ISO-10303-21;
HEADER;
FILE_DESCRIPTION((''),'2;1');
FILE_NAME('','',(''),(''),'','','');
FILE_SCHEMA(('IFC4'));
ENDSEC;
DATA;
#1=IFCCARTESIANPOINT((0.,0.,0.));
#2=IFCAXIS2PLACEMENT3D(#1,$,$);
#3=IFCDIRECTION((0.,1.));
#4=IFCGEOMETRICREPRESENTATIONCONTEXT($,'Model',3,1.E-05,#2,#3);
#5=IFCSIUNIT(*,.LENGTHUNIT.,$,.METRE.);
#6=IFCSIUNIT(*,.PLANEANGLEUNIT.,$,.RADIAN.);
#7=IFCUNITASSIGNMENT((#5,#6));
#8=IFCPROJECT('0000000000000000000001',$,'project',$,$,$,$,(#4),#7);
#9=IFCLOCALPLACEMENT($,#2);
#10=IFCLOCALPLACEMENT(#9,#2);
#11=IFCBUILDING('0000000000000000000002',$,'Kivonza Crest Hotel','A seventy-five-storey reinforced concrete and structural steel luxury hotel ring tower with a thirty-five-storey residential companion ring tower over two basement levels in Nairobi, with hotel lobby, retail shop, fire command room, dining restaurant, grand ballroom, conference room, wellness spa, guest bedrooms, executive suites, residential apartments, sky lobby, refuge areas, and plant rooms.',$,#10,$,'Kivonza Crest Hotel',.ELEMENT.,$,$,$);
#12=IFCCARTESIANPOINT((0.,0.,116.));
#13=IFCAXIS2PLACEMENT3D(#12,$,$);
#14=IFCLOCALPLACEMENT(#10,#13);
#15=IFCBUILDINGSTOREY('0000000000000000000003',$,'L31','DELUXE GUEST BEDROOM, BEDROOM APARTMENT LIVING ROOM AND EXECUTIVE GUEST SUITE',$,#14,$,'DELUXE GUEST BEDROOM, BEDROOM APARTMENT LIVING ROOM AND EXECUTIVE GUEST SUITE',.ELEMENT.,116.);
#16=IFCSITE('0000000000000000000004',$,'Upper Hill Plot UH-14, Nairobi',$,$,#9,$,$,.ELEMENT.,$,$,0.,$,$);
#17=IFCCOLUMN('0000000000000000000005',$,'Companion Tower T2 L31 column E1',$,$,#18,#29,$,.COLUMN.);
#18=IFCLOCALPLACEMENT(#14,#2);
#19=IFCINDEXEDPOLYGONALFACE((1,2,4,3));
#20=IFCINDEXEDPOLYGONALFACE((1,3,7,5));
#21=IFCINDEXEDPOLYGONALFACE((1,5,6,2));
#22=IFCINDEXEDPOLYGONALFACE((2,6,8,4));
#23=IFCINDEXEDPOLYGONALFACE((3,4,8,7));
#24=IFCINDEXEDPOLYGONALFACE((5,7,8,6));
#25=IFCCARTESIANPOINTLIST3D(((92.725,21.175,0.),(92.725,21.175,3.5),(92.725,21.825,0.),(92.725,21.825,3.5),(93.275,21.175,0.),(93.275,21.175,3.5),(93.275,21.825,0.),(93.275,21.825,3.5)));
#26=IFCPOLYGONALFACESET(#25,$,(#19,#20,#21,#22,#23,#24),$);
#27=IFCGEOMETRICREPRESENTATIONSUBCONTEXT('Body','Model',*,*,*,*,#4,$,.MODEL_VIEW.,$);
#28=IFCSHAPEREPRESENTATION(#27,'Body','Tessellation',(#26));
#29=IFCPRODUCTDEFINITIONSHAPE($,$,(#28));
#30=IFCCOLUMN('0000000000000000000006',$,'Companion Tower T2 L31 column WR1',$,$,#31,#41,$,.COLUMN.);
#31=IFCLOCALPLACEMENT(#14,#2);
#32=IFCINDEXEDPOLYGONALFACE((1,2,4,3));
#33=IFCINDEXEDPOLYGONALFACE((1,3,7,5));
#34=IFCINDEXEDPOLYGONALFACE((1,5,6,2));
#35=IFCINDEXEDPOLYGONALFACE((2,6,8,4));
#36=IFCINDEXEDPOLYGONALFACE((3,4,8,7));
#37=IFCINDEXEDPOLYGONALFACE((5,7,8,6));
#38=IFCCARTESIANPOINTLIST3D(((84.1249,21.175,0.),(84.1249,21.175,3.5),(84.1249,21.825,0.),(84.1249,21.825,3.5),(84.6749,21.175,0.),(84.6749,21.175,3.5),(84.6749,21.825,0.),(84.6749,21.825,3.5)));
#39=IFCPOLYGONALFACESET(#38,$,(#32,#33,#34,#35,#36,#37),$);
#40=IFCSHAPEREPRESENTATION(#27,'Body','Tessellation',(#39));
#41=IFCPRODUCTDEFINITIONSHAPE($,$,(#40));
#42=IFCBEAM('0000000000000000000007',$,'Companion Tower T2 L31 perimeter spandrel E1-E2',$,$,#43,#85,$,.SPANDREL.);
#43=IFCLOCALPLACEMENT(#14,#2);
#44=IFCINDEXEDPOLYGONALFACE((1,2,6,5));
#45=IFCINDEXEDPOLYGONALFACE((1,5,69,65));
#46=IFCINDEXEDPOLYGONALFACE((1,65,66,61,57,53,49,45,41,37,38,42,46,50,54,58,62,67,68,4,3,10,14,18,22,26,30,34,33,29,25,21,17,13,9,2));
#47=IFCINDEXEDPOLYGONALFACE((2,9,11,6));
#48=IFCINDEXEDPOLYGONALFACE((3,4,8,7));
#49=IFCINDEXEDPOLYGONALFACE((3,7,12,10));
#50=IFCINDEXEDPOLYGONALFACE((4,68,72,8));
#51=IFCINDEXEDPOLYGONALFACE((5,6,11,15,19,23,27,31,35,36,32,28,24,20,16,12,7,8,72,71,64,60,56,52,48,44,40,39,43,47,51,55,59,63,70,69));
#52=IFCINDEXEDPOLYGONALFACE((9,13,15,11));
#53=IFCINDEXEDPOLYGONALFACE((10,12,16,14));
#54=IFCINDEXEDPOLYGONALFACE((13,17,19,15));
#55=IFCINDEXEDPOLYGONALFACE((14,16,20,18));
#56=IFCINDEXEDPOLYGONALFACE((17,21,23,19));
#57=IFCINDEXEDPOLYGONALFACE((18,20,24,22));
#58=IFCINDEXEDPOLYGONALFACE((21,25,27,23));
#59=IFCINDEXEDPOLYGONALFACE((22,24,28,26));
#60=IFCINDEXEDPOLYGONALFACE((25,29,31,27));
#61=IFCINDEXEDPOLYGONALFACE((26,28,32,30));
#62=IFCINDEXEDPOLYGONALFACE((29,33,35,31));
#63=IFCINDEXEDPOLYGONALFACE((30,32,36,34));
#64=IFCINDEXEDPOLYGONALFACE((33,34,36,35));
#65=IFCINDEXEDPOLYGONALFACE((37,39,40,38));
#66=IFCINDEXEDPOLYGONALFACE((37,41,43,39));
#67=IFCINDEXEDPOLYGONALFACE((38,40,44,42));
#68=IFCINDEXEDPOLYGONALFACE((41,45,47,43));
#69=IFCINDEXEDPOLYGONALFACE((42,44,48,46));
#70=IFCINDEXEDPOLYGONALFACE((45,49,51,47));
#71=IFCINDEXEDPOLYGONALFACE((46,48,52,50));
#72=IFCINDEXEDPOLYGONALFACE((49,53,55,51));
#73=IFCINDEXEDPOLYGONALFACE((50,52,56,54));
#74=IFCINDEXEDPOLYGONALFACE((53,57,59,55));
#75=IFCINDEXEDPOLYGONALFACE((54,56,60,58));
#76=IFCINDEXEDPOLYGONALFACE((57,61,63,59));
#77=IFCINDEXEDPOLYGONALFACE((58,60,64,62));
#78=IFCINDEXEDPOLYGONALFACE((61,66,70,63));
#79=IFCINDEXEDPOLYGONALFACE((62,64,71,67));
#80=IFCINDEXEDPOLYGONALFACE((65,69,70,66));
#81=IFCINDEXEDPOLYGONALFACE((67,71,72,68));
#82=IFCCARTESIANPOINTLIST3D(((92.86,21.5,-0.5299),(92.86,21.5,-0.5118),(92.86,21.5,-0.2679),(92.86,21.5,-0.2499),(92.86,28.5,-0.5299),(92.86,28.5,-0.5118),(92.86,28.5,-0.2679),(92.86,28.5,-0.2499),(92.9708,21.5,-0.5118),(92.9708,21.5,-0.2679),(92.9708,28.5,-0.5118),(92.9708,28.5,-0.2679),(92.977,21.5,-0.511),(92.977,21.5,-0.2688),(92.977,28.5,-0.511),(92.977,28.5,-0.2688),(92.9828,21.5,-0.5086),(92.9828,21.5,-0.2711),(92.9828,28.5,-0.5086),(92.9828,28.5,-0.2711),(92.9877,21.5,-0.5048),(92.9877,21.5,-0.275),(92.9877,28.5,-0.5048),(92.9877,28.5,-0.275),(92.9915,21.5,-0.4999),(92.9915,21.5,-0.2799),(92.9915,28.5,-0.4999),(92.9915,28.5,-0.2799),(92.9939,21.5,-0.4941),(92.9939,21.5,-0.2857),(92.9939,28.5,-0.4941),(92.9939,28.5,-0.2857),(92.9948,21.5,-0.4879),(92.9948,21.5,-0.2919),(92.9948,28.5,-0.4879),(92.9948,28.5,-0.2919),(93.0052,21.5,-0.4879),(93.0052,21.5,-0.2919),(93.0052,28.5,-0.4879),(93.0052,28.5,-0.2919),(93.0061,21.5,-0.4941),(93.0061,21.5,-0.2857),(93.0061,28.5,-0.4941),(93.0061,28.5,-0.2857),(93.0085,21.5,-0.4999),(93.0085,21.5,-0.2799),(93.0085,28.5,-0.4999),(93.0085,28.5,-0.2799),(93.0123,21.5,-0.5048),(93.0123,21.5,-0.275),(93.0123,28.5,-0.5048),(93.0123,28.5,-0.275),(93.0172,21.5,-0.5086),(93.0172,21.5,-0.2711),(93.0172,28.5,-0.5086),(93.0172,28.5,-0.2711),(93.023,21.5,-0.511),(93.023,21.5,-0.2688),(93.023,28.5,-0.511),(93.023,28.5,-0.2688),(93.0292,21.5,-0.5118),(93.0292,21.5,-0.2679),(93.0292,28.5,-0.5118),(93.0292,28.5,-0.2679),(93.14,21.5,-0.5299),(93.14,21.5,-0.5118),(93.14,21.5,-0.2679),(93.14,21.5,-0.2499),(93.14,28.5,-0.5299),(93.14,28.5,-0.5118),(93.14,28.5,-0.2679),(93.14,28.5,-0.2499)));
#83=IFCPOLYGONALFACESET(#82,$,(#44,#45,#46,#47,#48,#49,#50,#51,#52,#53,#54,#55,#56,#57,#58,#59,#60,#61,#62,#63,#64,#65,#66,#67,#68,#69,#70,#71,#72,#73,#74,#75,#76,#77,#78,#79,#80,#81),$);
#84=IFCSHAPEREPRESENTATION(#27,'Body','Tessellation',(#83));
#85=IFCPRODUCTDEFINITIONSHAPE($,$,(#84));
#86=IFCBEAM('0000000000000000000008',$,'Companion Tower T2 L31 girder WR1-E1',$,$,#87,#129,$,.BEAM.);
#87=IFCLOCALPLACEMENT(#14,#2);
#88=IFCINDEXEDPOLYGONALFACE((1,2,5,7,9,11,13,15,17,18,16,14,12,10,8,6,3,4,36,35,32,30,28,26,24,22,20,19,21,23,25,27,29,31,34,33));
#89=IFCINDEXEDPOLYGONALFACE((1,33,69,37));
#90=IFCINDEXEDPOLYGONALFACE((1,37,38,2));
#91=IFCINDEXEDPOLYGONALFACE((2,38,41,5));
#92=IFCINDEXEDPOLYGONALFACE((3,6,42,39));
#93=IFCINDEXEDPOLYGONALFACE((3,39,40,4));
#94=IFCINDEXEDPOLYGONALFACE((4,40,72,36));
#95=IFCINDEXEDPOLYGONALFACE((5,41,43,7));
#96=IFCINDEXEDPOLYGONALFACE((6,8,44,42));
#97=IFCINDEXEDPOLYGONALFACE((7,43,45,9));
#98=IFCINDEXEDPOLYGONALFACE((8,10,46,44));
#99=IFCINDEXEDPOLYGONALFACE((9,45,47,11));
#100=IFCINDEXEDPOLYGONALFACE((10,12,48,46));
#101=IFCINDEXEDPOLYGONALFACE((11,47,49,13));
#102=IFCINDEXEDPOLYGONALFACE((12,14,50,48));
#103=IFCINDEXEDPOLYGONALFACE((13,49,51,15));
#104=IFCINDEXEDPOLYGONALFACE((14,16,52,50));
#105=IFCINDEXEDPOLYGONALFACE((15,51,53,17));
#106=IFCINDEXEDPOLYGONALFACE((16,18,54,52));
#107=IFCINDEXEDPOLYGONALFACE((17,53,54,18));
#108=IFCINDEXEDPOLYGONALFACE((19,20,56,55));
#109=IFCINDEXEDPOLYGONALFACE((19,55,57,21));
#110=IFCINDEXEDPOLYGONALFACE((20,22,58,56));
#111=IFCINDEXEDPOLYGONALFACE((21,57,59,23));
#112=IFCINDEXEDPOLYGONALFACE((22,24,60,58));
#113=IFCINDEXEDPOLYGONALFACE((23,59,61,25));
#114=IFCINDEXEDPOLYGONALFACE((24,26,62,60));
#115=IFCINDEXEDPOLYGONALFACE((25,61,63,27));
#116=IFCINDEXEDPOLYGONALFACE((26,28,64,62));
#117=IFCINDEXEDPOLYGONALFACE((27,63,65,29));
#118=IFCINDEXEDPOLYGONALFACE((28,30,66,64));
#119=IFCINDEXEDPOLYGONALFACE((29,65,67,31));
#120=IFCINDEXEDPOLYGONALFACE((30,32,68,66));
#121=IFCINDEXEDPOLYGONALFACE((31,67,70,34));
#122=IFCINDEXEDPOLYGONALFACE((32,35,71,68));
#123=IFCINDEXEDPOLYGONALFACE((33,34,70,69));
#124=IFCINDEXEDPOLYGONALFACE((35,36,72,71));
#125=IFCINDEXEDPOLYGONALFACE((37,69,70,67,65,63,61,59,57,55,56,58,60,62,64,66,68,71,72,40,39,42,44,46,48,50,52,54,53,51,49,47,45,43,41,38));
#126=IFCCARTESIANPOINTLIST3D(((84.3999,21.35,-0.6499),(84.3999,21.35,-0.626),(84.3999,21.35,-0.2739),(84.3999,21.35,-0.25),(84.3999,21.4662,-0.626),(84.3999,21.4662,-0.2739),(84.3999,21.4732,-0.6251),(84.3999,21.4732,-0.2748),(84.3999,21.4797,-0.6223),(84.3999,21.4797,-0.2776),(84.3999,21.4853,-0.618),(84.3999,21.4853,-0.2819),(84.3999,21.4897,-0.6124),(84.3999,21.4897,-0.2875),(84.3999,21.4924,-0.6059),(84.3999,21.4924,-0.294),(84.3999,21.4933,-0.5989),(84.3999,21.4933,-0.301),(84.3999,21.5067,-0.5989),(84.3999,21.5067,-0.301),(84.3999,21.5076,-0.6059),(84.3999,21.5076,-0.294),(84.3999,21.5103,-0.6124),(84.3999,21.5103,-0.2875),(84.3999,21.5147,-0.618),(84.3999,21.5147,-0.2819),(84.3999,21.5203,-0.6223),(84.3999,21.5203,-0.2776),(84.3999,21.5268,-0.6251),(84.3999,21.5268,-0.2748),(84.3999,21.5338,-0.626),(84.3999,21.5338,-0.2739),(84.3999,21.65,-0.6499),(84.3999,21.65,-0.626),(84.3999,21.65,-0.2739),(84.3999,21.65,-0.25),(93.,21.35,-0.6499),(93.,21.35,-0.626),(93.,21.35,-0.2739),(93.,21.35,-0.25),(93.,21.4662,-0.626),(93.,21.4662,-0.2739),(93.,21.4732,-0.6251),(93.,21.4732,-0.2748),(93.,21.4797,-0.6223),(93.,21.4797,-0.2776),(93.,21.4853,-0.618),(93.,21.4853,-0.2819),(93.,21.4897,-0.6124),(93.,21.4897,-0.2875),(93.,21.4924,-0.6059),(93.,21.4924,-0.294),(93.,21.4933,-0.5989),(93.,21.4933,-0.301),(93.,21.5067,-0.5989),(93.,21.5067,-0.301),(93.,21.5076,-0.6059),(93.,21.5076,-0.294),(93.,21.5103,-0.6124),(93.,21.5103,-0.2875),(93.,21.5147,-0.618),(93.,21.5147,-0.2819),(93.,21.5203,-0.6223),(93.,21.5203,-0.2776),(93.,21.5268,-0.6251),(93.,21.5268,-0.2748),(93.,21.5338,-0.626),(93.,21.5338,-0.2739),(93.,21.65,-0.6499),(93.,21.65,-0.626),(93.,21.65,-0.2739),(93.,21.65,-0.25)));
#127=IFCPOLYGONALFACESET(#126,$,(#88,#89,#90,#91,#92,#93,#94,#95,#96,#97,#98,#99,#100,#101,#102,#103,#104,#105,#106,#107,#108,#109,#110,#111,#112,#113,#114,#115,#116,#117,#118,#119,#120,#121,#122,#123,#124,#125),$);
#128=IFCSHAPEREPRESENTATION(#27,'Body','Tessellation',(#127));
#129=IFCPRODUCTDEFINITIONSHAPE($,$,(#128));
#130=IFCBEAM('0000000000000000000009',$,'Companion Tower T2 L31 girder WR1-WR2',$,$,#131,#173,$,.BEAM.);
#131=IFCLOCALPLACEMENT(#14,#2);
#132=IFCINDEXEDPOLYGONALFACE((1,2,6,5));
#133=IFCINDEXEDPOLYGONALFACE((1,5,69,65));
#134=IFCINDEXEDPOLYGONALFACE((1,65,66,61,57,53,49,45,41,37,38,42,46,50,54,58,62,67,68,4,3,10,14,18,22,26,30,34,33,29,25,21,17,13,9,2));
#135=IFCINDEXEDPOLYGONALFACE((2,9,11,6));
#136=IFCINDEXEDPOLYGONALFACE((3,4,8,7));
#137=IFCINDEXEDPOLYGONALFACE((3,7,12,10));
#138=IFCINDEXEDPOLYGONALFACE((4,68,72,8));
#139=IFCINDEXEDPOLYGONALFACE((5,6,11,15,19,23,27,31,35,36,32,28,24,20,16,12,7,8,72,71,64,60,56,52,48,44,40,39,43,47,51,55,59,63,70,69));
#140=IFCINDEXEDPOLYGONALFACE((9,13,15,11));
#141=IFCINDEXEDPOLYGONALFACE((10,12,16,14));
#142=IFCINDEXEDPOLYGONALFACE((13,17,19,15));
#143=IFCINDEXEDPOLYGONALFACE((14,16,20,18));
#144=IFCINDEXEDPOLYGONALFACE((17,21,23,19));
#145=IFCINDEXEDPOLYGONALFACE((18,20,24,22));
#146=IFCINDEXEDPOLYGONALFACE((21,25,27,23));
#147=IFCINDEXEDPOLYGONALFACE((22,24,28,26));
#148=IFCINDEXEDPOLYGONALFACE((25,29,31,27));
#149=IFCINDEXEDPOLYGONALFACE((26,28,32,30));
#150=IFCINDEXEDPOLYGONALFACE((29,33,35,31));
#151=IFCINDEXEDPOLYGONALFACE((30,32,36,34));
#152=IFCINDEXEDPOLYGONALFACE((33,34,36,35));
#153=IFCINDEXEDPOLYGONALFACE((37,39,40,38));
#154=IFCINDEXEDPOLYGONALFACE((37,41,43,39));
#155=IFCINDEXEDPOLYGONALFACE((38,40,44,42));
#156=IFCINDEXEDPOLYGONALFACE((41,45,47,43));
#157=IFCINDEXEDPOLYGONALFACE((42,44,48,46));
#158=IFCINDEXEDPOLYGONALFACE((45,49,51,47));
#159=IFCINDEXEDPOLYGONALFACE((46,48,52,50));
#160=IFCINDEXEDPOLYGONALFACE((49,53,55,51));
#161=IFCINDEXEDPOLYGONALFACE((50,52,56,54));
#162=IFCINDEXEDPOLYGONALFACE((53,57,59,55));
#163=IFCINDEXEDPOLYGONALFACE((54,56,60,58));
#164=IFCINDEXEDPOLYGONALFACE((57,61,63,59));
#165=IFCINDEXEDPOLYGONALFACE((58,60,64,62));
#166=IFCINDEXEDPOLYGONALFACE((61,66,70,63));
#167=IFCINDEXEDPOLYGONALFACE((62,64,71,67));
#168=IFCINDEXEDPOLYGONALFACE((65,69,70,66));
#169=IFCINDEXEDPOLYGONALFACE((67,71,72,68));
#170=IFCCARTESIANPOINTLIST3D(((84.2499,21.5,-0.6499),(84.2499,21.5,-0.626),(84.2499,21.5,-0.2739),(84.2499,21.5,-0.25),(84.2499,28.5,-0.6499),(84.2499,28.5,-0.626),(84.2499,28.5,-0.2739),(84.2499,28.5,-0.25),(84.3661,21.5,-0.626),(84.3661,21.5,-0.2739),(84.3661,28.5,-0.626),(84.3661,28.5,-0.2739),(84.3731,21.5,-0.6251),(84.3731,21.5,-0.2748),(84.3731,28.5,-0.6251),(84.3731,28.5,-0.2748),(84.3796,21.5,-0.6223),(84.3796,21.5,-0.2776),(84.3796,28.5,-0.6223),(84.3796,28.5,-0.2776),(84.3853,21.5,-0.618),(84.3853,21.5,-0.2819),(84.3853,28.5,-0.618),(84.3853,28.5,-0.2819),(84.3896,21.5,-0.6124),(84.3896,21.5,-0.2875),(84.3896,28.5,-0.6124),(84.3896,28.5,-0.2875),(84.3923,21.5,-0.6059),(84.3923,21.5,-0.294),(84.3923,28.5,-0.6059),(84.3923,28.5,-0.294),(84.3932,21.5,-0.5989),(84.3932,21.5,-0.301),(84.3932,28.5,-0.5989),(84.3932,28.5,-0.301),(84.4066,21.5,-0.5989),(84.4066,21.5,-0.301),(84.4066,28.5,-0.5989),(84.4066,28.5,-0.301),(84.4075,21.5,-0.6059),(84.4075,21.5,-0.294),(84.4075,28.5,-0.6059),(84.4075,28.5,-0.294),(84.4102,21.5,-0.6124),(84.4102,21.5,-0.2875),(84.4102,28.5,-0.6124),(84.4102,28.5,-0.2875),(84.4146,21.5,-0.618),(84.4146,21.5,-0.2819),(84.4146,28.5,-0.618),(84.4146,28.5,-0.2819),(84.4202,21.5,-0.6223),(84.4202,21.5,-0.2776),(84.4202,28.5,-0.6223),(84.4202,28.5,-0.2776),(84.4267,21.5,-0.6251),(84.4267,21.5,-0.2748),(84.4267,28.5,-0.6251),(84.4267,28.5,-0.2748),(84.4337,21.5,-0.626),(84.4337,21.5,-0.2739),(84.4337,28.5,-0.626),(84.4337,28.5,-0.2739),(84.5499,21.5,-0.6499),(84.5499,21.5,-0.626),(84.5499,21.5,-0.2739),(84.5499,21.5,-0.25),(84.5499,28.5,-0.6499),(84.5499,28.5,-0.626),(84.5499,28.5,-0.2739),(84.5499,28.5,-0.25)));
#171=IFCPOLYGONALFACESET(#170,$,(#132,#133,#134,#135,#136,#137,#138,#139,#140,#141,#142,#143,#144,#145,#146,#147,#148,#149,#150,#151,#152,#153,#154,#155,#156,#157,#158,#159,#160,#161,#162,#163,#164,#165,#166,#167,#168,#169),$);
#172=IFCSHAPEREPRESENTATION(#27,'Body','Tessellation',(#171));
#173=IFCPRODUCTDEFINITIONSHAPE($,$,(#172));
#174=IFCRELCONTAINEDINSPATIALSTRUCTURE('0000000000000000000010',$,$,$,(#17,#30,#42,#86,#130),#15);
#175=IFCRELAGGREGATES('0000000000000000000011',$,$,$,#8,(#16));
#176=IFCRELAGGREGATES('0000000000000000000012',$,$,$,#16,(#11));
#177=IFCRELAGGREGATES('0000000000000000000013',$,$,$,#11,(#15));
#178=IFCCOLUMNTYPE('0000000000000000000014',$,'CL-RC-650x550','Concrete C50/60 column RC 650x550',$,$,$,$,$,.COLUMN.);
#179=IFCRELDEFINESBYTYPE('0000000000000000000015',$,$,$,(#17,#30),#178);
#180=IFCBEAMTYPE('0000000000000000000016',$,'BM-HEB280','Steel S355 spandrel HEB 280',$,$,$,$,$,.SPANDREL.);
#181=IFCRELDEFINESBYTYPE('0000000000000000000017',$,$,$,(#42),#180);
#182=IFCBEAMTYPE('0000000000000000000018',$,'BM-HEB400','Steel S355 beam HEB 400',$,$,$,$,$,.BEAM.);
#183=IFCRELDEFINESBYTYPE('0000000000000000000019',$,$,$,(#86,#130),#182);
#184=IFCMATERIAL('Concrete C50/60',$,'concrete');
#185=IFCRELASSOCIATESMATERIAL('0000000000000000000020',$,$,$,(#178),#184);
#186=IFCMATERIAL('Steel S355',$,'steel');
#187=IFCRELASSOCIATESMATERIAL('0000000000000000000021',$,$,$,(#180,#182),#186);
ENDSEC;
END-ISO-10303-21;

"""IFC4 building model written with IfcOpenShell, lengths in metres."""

from ifc_helpers import new_model, si_unit, direction, frame, origin, origin_2d, place, context, subcontext, project, spatial, rectangle, i_section, extrude, material, material_profile, profile_set, type_object, element, save


model = new_model("IFC4")

# Units and contexts
model_context = context("Model", 3, precision=1e-05, world=origin(), true_north=direction((0.0, 1.0)))
body_context = subcontext(model_context, "Body", "Model", "MODEL_VIEW")
ifc_project = project(units=[si_unit("LENGTHUNIT", "METRE"), si_unit("PLANEANGLEUNIT", "RADIAN")], contexts=[model_context])

# Site, building, storey
site_placement = place(None, origin())
site = spatial("IfcSite", under=ifc_project, at=site_placement, Name="Upper Hill Plot UH-14, Nairobi", CompositionType="ELEMENT", RefElevation=0.0)
building_placement = place(site_placement, origin())
building = spatial("IfcBuilding", under=site, at=building_placement, Name="Kivonza Crest Hotel", Description="A seventy-five-storey reinforced concrete and structural steel luxury hotel ring tower with a thirty-five-storey residential companion ring tower over two basement levels in Nairobi, with hotel lobby, retail shop, fire command room, dining restaurant, grand ballroom, conference room, wellness spa, guest bedrooms, executive suites, residential apartments, sky lobby, refuge areas, and plant rooms.", LongName="Kivonza Crest Hotel", CompositionType="ELEMENT")
storey_placement = place(building_placement, frame((0.0, 0.0, 116.0)))
storey = spatial("IfcBuildingStorey", under=building, at=storey_placement, Name="L31", Description="DELUXE GUEST BEDROOM, BEDROOM APARTMENT LIVING ROOM AND EXECUTIVE GUEST SUITE", LongName="DELUXE GUEST BEDROOM, BEDROOM APARTMENT LIVING ROOM AND EXECUTIVE GUEST SUITE", CompositionType="ELEMENT", Elevation=116.0)

# Columns
ifc_material_1 = material(Name="Concrete C50/60", Category="concrete")
ifc_material_profile_1 = material_profile(ifc_material_1, rectangle(XDim=0.55, YDim=0.6499, at=origin_2d()), Name="RC 650x550")
ifc_profile_set_1 = profile_set([ifc_material_profile_1], Name="Concrete C50/60")
column_type = type_object("IfcColumnType", Name="CL-RC-650x550", Description="Concrete C50/60 column RC 650x550", PredefinedType="COLUMN", material=ifc_profile_set_1)
for number, where, z_axis, x_axis, name in (
    (1, (93.0, 21.5, 0.0), (0.0, 0.0, 1.0), (1.0, 0.0, 0.0), "Companion Tower T2 L31 column E1"),
    (2, (84.3999, 21.5, 0.0), (0.0, 0.0, 1.0), (1.0, 0.0, 0.0), "Companion Tower T2 L31 column WR1"),
):
    element("IfcColumn", number, at=place(storey_placement, frame(where, z_axis=z_axis, x_axis=x_axis)), inside=storey, type_object=column_type, Name=name, PredefinedType="COLUMN", context=body_context, shape_type="SweptSolid", body=[
        extrude(rectangle(XDim=0.55, YDim=0.6499, at=origin_2d()), origin(), (0.0, 0.0, 1.0), 3.5),
    ])

# Beams
ifc_material_2 = material(Name="Steel S355", Category="steel")
ifc_material_profile_2 = material_profile(ifc_material_2, i_section(OverallWidth=0.28, OverallDepth=0.28, WebThickness=0.0105, FlangeThickness=0.0181, FilletRadius=0.0239, at=origin_2d()), Name="HEB 280")
ifc_profile_set_2 = profile_set([ifc_material_profile_2], Name="Steel S355")
beam_type_1 = type_object("IfcBeamType", Name="BM-HEB280", Description="Steel S355 spandrel HEB 280", PredefinedType="SPANDREL", material=ifc_profile_set_2)
beam_1_placement = place(storey_placement, frame((93.0, 21.5, -0.3899), z_axis=(0.0, 1.0, 0.0), x_axis=(-1.0, 0.0, 0.0)))
element("IfcBeam", 3, at=beam_1_placement, inside=storey, type_object=beam_type_1, Name="Companion Tower T2 L31 perimeter spandrel E1-E2", PredefinedType="SPANDREL", context=body_context, shape_type="SweptSolid", body=[
    extrude(i_section(OverallWidth=0.28, OverallDepth=0.28, WebThickness=0.0105, FlangeThickness=0.0181, FilletRadius=0.0239, at=origin_2d()), origin(), (0.0, 0.0, 1.0), 7.0),
])
ifc_material_profile_3 = material_profile(ifc_material_2, i_section(OverallWidth=0.3, OverallDepth=0.3999, WebThickness=0.0134, FlangeThickness=0.0239, FilletRadius=0.0271, at=origin_2d()), Name="HEB 400")
ifc_profile_set_3 = profile_set([ifc_material_profile_3], Name="Steel S355")
beam_type_2 = type_object("IfcBeamType", Name="BM-HEB400", Description="Steel S355 beam HEB 400", PredefinedType="BEAM", material=ifc_profile_set_3)
beam_2_placement = place(storey_placement, frame((84.3999, 21.5, -0.45), z_axis=(1.0, 0.0, 0.0), x_axis=(0.0, 1.0, 0.0)))
element("IfcBeam", 4, at=beam_2_placement, inside=storey, type_object=beam_type_2, Name="Companion Tower T2 L31 girder WR1-E1", PredefinedType="BEAM", context=body_context, shape_type="SweptSolid", body=[
    extrude(i_section(OverallWidth=0.3, OverallDepth=0.3999, WebThickness=0.0134, FlangeThickness=0.0239, FilletRadius=0.0271, at=origin_2d()), origin(), (0.0, 0.0, 1.0), 8.6001),
])
beam_3_placement = place(storey_placement, frame((84.3999, 21.5, -0.45), z_axis=(0.0, 1.0, 0.0), x_axis=(-1.0, 0.0, 0.0)))
element("IfcBeam", 5, at=beam_3_placement, inside=storey, type_object=beam_type_2, Name="Companion Tower T2 L31 girder WR1-WR2", PredefinedType="BEAM", context=body_context, shape_type="SweptSolid", body=[
    extrude(i_section(OverallWidth=0.3, OverallDepth=0.3999, WebThickness=0.0134, FlangeThickness=0.0239, FilletRadius=0.0271, at=origin_2d()), origin(), (0.0, 0.0, 1.0), 7.0),
])

save(model, "model.ifc")
